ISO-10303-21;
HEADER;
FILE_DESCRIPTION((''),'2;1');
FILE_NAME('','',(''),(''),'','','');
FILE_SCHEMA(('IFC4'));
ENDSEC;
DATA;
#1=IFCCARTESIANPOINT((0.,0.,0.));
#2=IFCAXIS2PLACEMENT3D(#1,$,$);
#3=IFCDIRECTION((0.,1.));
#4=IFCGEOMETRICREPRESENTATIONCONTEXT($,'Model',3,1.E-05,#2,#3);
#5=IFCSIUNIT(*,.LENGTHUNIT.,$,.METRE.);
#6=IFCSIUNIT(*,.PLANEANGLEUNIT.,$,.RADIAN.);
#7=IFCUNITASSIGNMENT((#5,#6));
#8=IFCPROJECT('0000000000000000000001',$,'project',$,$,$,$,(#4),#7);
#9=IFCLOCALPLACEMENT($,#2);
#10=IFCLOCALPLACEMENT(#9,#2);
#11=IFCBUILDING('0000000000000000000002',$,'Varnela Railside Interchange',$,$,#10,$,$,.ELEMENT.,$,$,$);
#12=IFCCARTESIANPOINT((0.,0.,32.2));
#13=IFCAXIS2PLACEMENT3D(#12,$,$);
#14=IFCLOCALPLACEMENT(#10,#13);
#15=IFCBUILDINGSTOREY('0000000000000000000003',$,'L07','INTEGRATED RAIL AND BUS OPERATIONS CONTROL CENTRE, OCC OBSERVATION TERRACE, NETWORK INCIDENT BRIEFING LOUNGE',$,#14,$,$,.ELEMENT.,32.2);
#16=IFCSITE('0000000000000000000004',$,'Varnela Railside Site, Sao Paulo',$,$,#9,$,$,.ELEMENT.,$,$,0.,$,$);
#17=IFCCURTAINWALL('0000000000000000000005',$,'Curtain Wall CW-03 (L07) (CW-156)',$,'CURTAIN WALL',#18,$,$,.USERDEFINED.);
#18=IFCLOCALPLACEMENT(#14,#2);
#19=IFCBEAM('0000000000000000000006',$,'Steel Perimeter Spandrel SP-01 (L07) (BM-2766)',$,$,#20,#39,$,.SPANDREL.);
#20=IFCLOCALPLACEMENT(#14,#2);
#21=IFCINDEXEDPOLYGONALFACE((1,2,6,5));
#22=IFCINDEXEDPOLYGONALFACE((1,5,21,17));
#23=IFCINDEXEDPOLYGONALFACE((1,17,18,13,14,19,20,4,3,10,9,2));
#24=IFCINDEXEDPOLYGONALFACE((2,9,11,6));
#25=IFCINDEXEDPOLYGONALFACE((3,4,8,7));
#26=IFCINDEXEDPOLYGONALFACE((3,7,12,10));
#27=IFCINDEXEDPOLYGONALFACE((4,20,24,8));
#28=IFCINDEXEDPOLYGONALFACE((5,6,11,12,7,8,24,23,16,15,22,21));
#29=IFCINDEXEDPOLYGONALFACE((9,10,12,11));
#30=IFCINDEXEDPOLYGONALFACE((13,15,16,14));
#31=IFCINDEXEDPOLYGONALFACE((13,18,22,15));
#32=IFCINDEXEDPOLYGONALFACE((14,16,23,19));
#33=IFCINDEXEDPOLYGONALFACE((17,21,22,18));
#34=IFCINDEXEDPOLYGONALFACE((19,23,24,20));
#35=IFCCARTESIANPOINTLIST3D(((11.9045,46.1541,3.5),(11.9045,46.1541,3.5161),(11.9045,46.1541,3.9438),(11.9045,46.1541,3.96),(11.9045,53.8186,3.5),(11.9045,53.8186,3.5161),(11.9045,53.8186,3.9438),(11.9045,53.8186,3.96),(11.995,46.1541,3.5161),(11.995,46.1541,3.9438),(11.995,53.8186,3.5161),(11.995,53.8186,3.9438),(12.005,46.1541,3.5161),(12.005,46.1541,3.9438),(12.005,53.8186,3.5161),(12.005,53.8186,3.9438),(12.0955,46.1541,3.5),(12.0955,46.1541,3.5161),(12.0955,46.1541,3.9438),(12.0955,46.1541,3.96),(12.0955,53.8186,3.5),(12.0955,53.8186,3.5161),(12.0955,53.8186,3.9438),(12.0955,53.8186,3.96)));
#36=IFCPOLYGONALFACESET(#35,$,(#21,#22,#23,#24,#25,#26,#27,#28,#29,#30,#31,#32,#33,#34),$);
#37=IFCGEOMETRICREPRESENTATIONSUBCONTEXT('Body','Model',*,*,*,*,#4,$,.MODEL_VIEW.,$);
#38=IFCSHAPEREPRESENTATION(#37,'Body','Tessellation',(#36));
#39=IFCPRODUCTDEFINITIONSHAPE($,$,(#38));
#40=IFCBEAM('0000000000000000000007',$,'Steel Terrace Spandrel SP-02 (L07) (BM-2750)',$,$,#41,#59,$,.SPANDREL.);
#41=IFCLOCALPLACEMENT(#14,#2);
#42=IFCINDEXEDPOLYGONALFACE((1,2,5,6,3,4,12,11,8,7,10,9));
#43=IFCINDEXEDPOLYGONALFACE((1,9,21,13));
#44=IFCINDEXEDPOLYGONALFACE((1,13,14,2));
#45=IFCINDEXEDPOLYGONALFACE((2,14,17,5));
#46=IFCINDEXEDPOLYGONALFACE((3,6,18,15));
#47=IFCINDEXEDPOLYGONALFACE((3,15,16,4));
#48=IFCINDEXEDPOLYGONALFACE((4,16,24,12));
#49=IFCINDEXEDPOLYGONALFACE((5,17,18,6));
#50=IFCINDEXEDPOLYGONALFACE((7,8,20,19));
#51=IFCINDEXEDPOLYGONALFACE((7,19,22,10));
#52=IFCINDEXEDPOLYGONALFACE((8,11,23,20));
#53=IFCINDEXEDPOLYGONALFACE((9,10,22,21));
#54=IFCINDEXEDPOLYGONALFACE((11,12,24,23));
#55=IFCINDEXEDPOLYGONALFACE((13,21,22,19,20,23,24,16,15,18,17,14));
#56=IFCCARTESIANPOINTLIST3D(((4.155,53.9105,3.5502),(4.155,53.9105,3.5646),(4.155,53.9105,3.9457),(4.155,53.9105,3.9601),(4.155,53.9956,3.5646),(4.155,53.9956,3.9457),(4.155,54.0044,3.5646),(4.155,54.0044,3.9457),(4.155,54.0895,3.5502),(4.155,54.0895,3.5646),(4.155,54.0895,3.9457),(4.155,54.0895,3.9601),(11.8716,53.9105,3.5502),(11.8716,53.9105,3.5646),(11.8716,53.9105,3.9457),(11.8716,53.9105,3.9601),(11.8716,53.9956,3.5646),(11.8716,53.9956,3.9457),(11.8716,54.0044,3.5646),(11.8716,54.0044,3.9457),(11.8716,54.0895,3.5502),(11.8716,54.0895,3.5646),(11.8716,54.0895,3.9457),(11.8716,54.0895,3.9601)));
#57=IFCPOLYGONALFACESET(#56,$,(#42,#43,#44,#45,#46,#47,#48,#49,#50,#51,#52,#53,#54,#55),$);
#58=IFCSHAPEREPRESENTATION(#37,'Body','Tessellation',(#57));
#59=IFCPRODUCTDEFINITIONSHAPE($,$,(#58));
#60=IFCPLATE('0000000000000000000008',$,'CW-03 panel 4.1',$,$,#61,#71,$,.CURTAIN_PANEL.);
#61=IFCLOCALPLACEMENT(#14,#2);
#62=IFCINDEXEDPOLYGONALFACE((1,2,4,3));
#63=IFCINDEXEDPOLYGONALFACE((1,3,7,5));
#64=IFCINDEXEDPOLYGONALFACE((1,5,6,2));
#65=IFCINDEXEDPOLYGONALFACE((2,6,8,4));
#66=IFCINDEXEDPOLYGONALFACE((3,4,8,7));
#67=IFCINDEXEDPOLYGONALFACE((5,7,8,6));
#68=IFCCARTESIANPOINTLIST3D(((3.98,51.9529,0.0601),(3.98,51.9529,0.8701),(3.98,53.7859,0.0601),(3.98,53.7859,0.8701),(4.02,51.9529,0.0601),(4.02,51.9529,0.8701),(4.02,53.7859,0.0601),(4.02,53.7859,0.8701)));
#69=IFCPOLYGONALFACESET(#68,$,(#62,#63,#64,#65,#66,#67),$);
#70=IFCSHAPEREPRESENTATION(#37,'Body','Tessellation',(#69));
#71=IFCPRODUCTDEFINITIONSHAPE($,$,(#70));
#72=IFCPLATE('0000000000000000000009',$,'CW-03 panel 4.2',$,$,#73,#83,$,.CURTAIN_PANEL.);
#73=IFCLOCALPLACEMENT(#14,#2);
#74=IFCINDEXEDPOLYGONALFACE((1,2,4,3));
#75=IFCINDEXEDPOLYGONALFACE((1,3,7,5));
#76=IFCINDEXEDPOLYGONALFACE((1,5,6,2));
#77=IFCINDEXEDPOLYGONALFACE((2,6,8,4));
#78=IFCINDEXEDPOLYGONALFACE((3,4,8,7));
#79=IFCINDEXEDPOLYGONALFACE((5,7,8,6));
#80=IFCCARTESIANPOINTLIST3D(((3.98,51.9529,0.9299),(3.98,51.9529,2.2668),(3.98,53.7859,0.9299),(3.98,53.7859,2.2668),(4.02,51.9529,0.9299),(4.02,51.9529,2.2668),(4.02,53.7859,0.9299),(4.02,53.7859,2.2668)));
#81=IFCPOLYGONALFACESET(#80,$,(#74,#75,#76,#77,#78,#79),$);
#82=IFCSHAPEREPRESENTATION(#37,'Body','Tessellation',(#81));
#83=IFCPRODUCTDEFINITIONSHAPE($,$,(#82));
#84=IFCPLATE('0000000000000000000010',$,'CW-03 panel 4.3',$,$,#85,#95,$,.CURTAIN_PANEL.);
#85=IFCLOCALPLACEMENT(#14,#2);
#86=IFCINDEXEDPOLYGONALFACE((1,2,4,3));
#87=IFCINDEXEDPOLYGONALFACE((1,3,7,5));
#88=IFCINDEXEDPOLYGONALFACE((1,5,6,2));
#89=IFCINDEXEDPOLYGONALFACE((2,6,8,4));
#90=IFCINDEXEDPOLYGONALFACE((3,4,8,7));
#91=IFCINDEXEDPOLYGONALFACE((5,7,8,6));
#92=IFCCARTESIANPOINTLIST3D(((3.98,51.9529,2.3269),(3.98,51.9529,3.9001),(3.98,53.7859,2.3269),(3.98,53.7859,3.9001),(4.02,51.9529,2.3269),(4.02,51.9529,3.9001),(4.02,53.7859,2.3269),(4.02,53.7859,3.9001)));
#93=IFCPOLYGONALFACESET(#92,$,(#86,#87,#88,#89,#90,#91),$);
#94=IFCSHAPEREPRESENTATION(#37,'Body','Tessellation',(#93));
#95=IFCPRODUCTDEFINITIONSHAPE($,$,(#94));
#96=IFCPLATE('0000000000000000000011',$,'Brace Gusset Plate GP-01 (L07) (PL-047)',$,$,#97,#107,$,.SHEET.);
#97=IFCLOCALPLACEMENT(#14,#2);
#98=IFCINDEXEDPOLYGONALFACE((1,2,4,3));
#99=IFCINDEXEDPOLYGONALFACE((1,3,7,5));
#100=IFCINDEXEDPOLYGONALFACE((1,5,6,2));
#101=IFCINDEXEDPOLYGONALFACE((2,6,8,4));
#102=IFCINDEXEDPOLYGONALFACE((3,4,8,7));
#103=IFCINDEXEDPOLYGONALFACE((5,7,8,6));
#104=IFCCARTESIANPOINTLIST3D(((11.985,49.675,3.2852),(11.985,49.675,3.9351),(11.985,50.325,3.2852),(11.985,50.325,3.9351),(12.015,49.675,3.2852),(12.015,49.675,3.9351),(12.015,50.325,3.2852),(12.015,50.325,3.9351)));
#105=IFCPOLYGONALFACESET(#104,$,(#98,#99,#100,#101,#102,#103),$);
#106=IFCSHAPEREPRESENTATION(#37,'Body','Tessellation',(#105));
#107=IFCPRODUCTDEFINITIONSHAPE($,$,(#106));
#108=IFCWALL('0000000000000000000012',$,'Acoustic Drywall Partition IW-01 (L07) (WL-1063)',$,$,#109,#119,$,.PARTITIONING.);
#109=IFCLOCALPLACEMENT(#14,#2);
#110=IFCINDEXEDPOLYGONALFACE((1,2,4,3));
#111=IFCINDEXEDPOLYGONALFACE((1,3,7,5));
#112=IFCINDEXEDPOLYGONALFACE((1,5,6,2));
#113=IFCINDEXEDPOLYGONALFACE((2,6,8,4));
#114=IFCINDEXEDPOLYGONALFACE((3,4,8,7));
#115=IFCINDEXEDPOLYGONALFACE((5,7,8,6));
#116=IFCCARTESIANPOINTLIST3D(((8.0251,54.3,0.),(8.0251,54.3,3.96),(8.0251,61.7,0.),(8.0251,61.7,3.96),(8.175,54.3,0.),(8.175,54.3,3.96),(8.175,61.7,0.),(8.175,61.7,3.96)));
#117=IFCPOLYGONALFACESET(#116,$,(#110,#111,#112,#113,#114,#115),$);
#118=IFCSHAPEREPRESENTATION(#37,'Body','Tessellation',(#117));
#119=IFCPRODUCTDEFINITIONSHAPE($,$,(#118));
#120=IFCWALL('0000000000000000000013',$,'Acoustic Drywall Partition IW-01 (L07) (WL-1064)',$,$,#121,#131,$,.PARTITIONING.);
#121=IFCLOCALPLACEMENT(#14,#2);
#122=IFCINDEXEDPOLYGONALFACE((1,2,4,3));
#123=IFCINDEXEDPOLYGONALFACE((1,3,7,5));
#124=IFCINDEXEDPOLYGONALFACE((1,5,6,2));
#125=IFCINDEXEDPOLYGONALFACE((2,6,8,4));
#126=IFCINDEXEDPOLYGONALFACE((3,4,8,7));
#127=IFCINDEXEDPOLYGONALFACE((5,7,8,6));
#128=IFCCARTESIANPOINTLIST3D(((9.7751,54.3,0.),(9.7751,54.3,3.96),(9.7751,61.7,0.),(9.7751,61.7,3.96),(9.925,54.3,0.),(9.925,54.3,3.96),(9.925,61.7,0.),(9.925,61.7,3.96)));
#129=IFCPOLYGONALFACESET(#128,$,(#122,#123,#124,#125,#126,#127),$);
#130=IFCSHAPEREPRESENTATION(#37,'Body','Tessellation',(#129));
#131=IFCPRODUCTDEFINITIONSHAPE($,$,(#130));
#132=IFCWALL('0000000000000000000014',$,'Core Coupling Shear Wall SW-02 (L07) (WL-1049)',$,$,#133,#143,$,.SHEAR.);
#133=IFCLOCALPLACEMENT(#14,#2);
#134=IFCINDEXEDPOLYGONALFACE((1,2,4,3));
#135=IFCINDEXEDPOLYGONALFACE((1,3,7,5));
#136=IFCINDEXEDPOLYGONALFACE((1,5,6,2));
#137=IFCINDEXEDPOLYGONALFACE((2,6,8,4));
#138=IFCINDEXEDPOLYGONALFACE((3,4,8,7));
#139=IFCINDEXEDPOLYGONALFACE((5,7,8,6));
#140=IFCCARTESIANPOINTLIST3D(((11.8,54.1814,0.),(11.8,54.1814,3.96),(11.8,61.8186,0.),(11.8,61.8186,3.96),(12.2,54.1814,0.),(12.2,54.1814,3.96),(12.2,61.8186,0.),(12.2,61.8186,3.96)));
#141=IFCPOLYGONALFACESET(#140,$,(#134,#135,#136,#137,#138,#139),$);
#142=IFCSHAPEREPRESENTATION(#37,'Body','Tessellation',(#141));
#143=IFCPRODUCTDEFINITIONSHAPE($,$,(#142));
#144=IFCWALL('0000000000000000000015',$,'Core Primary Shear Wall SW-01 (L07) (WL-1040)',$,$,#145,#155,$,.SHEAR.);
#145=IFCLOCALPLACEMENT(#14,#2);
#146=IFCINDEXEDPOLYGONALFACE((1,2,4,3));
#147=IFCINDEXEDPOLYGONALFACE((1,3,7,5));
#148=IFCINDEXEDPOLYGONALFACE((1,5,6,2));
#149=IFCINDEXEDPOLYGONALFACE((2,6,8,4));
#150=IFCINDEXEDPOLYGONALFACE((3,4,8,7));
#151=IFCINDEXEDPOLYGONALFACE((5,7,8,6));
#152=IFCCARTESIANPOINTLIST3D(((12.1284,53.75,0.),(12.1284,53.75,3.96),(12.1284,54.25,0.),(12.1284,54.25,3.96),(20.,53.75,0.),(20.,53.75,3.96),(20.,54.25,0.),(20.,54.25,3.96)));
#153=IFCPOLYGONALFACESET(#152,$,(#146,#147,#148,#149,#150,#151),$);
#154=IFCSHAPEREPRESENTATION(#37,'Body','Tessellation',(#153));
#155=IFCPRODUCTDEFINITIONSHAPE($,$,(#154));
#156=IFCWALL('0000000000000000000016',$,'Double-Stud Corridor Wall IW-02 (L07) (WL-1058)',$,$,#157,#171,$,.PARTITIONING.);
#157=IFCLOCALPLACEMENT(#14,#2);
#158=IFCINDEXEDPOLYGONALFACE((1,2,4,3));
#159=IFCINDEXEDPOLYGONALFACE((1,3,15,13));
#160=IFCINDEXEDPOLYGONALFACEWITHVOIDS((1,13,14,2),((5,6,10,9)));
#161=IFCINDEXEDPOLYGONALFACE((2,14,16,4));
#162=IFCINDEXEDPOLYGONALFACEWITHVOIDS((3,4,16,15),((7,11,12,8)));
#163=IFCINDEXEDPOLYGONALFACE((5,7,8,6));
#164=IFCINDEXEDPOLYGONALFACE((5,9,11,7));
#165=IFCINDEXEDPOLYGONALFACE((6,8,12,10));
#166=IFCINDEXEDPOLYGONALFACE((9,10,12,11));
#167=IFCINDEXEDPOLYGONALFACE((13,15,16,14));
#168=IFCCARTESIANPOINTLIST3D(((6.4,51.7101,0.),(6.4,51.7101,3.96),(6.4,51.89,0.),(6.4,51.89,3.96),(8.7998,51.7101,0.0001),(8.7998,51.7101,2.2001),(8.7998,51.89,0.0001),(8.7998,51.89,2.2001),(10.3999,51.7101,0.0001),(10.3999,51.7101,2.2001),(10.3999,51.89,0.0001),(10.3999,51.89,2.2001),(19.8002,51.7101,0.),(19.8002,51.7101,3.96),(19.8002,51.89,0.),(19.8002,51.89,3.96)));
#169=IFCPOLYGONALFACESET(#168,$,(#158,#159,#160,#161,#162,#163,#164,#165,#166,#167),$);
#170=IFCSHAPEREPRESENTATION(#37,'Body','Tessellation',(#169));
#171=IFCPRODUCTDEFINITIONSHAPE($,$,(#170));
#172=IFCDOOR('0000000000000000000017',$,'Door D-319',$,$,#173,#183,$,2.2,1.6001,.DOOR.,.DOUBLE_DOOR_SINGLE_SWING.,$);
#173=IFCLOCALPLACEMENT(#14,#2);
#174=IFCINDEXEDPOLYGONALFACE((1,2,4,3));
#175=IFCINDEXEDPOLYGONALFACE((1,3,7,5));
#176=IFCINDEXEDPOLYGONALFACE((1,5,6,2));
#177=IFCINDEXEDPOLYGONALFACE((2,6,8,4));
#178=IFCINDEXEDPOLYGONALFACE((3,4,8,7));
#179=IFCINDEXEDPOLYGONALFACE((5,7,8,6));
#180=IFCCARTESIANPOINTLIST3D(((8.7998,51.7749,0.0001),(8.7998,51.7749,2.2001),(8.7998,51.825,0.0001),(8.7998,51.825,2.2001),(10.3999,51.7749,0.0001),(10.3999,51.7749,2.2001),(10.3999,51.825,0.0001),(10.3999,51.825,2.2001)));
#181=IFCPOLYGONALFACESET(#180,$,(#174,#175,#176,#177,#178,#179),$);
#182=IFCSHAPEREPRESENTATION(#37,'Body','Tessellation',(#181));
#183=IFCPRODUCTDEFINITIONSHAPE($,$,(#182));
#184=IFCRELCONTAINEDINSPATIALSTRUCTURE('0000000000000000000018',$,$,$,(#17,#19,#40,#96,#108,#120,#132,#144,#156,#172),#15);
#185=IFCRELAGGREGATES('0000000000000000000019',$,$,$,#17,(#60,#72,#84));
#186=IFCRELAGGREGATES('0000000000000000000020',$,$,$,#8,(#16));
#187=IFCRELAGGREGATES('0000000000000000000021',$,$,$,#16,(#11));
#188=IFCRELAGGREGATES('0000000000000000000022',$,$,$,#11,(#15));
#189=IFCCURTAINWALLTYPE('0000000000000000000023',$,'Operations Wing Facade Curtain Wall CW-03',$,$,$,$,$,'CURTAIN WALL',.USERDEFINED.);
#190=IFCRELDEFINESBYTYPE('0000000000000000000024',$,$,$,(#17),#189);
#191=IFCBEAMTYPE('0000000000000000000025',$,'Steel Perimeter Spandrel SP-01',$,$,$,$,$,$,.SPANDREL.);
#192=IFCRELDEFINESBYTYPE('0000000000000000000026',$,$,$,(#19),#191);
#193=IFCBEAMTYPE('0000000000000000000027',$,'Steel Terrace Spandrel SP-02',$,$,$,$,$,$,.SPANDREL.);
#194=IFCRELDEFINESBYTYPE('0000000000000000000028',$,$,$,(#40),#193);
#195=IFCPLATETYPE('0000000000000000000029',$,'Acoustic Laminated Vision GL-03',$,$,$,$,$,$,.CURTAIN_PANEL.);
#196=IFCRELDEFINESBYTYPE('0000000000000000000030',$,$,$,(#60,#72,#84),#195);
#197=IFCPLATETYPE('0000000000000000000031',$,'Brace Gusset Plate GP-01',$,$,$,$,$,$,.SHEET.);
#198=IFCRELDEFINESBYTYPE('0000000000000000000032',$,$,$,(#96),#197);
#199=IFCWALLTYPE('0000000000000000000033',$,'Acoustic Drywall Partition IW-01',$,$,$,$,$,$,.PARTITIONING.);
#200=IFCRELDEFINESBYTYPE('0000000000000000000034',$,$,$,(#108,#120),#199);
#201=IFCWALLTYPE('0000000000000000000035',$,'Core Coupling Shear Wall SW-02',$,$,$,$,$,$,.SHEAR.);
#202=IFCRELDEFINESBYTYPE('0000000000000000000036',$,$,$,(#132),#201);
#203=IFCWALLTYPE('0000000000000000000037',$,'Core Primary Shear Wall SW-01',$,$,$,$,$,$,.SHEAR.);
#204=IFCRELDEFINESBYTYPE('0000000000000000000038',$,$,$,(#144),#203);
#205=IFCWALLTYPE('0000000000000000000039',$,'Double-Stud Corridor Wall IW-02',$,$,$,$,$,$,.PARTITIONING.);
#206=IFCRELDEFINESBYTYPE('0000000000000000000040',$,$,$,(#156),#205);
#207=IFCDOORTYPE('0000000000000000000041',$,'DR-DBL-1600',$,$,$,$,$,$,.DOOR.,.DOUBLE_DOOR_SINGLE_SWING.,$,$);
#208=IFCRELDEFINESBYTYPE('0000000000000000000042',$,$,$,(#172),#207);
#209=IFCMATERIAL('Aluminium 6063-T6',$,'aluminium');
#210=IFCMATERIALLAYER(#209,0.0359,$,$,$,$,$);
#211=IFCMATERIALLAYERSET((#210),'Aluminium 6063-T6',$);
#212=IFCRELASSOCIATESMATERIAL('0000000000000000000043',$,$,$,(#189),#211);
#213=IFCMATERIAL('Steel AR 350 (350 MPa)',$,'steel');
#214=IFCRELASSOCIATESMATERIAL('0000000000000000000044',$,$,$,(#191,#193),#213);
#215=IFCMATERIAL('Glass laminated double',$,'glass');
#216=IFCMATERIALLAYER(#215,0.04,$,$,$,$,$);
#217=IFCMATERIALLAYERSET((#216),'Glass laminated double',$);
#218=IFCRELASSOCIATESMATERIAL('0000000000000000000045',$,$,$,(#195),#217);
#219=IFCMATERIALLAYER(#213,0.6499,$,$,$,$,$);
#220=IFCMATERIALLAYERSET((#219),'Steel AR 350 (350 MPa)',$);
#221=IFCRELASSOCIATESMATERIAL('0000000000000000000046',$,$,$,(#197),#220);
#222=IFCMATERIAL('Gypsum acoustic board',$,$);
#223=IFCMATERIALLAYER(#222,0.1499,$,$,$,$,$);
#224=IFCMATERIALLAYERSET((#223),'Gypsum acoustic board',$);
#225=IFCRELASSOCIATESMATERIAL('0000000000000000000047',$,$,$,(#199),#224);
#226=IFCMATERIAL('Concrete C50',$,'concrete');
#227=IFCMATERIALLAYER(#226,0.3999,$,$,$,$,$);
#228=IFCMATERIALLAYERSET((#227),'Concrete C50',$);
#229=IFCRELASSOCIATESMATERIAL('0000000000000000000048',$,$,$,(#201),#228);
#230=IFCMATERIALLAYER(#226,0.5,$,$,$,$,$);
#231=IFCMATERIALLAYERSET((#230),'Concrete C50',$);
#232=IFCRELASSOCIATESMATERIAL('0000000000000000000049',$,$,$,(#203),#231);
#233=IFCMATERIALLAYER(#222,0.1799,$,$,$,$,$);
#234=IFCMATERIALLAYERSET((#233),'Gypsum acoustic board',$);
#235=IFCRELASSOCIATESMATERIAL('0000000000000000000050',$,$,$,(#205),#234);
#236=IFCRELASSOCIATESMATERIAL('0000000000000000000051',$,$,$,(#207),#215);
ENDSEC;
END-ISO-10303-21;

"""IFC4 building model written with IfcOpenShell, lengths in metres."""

from ifc_helpers import new_model, si_unit, direction, frame, frame_2d, origin, origin_2d, place, context, subcontext, project, spatial, rectangle, i_section, extrude, material, layer, layer_set, material_profile, profile_set, type_object, element, fill, aggregate, save


model = new_model("IFC4")

# Units and contexts
model_context = context("Model", 3, precision=1e-05, world=origin(), true_north=direction((0.0, 1.0)))
body_context = subcontext(model_context, "Body", "Model", "MODEL_VIEW")
ifc_project = project(units=[si_unit("LENGTHUNIT", "METRE"), si_unit("PLANEANGLEUNIT", "RADIAN")], contexts=[model_context])

# Site, building, storey
site_placement = place(None, origin())
site = spatial("IfcSite", under=ifc_project, at=site_placement, Name="Varnela Railside Site, Sao Paulo", CompositionType="ELEMENT", RefElevation=0.0)
building_placement = place(site_placement, origin())
building = spatial("IfcBuilding", under=site, at=building_placement, Name="Varnela Railside Interchange", CompositionType="ELEMENT")
storey_placement = place(building_placement, frame((0.0, 0.0, 32.2)))
storey = spatial("IfcBuildingStorey", under=building, at=storey_placement, Name="L07", Description="INTEGRATED RAIL AND BUS OPERATIONS CONTROL CENTRE, OCC OBSERVATION TERRACE, NETWORK INCIDENT BRIEFING LOUNGE", CompositionType="ELEMENT", Elevation=32.2)

# Shared definitions
ifc_material_1 = material(Name="Steel AR 350 (350 MPa)", Category="steel")

# Curtain wall
ifc_material_2 = material(Name="Aluminium 6063-T6", Category="aluminium")
ifc_layer_1 = layer(ifc_material_2, 0.0359)
ifc_layer_set_1 = layer_set([ifc_layer_1], Name="Aluminium 6063-T6")
curtain_wall_type = type_object("IfcCurtainWallType", Name="Operations Wing Facade Curtain Wall CW-03", ElementType="CURTAIN WALL", PredefinedType="USERDEFINED", material=ifc_layer_set_1)
curtain_wall_placement = place(storey_placement, origin())
curtain_wall = element("IfcCurtainWall", 1, at=curtain_wall_placement, inside=storey, type_object=curtain_wall_type, Name="Curtain Wall CW-03 (L07) (CW-156)", ObjectType="CURTAIN WALL", PredefinedType="USERDEFINED")

# Beams
ifc_material_profile_1 = material_profile(ifc_material_1, i_section(OverallWidth=0.1909, OverallDepth=0.46, WebThickness=0.01, FlangeThickness=0.0161, at=origin_2d()), Name="W460x82")
ifc_profile_set_1 = profile_set([ifc_material_profile_1], Name="Steel AR 350 (350 MPa)")
beam_type_1 = type_object("IfcBeamType", Name="Steel Perimeter Spandrel SP-01", PredefinedType="SPANDREL", material=ifc_profile_set_1)
beam_1_placement = place(storey_placement, frame((12.0, 46.1541, 3.73), z_axis=(0.0, 1.0, 0.0), x_axis=(-1.0, 0.0, 0.0)))
element("IfcBeam", 2, at=beam_1_placement, inside=storey, type_object=beam_type_1, Name="Steel Perimeter Spandrel SP-01 (L07) (BM-2766)", PredefinedType="SPANDREL", context=body_context, shape_type="SweptSolid", body=[
    extrude(i_section(OverallWidth=0.1909, OverallDepth=0.46, WebThickness=0.01, FlangeThickness=0.0161, at=origin_2d()), origin(), (0.0, 0.0, 1.0), 7.6646),
])
ifc_material_profile_2 = material_profile(ifc_material_1, i_section(OverallWidth=0.179, OverallDepth=0.4099, WebThickness=0.0088, FlangeThickness=0.0144, at=origin_2d()), Name="W410x67")
ifc_profile_set_2 = profile_set([ifc_material_profile_2], Name="Steel AR 350 (350 MPa)")
beam_type_2 = type_object("IfcBeamType", Name="Steel Terrace Spandrel SP-02", PredefinedType="SPANDREL", material=ifc_profile_set_2)
beam_2_placement = place(storey_placement, frame((4.155, 54.0, 3.7551), z_axis=(1.0, 0.0, 0.0), x_axis=(0.0, 1.0, 0.0)))
element("IfcBeam", 3, at=beam_2_placement, inside=storey, type_object=beam_type_2, Name="Steel Terrace Spandrel SP-02 (L07) (BM-2750)", PredefinedType="SPANDREL", context=body_context, shape_type="SweptSolid", body=[
    extrude(i_section(OverallWidth=0.179, OverallDepth=0.4099, WebThickness=0.0088, FlangeThickness=0.0144, at=origin_2d()), origin(), (0.0, 0.0, 1.0), 7.7166),
])

# Plates
ifc_material_3 = material(Name="Glass laminated double", Category="glass")
ifc_layer_2 = layer(ifc_material_3, 0.04)
ifc_layer_set_2 = layer_set([ifc_layer_2], Name="Glass laminated double")
plate_type_1 = type_object("IfcPlateType", Name="Acoustic Laminated Vision GL-03", PredefinedType="CURTAIN_PANEL", material=ifc_layer_set_2)
plate_1_placement = place(storey_placement, frame((4.0, 52.8694, 0.0601), z_axis=(0.0, 0.0, 1.0), x_axis=(0.0, 1.0, 0.0)))
plate_1 = element("IfcPlate", 4, at=plate_1_placement, type_object=plate_type_1, Name="CW-03 panel 4.1", PredefinedType="CURTAIN_PANEL", context=body_context, shape_type="SweptSolid", body=[
    extrude(rectangle(XDim=1.833, YDim=0.04, at=origin_2d()), origin(), (0.0, 0.0, 1.0), 0.8101),
])
plate_2_placement = place(storey_placement, frame((4.0, 52.8694, 0.9299), z_axis=(0.0, 0.0, 1.0), x_axis=(0.0, 1.0, 0.0)))
plate_2 = element("IfcPlate", 5, at=plate_2_placement, type_object=plate_type_1, Name="CW-03 panel 4.2", PredefinedType="CURTAIN_PANEL", context=body_context, shape_type="SweptSolid", body=[
    extrude(rectangle(XDim=1.833, YDim=0.04, at=origin_2d()), origin(), (0.0, 0.0, 1.0), 1.3369),
])
plate_3_placement = place(storey_placement, frame((4.0, 52.8694, 2.3269), z_axis=(0.0, 0.0, 1.0), x_axis=(0.0, 1.0, 0.0)))
plate_3 = element("IfcPlate", 6, at=plate_3_placement, type_object=plate_type_1, Name="CW-03 panel 4.3", PredefinedType="CURTAIN_PANEL", context=body_context, shape_type="SweptSolid", body=[
    extrude(rectangle(XDim=1.833, YDim=0.04, at=origin_2d()), origin(), (0.0, 0.0, 1.0), 1.5732),
])
aggregate(curtain_wall, [plate_1, plate_2, plate_3])
ifc_layer_3 = layer(ifc_material_1, 0.6499)
ifc_layer_set_3 = layer_set([ifc_layer_3], Name="Steel AR 350 (350 MPa)")
plate_type_2 = type_object("IfcPlateType", Name="Brace Gusset Plate GP-01", PredefinedType="SHEET", material=ifc_layer_set_3)
plate_4_placement = place(storey_placement, frame((12.0, 50.0, 3.2852), z_axis=(0.0, 0.0, 1.0), x_axis=(0.0, 1.0, 0.0)))
element("IfcPlate", 7, at=plate_4_placement, inside=storey, type_object=plate_type_2, Name="Brace Gusset Plate GP-01 (L07) (PL-047)", PredefinedType="SHEET", context=body_context, shape_type="SweptSolid", body=[
    extrude(rectangle(XDim=0.6499, YDim=0.03, at=origin_2d()), origin(), (0.0, 0.0, 1.0), 0.6499),
])

# Walls
ifc_material_4 = material(Name="Gypsum acoustic board")
ifc_layer_4 = layer(ifc_material_4, 0.1499)
ifc_layer_set_4 = layer_set([ifc_layer_4], Name="Gypsum acoustic board")
wall_type_1 = type_object("IfcWallType", Name="Acoustic Drywall Partition IW-01", PredefinedType="PARTITIONING", material=ifc_layer_set_4)
for number, where, z_axis, x_axis, name in (
    (8, (8.1001, 54.3, 0.0), (0.0, 0.0, 1.0), (0.0, 1.0, 0.0), "Acoustic Drywall Partition IW-01 (L07) (WL-1063)"),
    (9, (9.8501, 54.3, 0.0), (0.0, 0.0, 1.0), (0.0, 1.0, 0.0), "Acoustic Drywall Partition IW-01 (L07) (WL-1064)"),
):
    element("IfcWall", number, at=place(storey_placement, frame(where, z_axis=z_axis, x_axis=x_axis)), inside=storey, type_object=wall_type_1, Name=name, PredefinedType="PARTITIONING", context=body_context, shape_type="SweptSolid", body=[
        extrude(rectangle(XDim=7.3999, YDim=0.1499, at=frame_2d((3.7, 0.0))), origin(), (0.0, 0.0, 1.0), 3.96),
    ])
ifc_material_5 = material(Name="Concrete C50", Category="concrete")
ifc_layer_5 = layer(ifc_material_5, 0.3999)
ifc_layer_set_5 = layer_set([ifc_layer_5], Name="Concrete C50")
wall_type_2 = type_object("IfcWallType", Name="Core Coupling Shear Wall SW-02", PredefinedType="SHEAR", material=ifc_layer_set_5)
wall_1_placement = place(storey_placement, frame((12.0, 54.1814, 0.0), z_axis=(0.0, 0.0, 1.0), x_axis=(0.0, 1.0, 0.0)))
element("IfcWall", 10, at=wall_1_placement, inside=storey, type_object=wall_type_2, Name="Core Coupling Shear Wall SW-02 (L07) (WL-1049)", PredefinedType="SHEAR", context=body_context, shape_type="SweptSolid", body=[
    extrude(rectangle(XDim=7.6372, YDim=0.3999, at=frame_2d((3.8186, 0.0))), origin(), (0.0, 0.0, 1.0), 3.96),
])
ifc_layer_6 = layer(ifc_material_5, 0.5)
ifc_layer_set_6 = layer_set([ifc_layer_6], Name="Concrete C50")
wall_type_3 = type_object("IfcWallType", Name="Core Primary Shear Wall SW-01", PredefinedType="SHEAR", material=ifc_layer_set_6)
wall_2_placement = place(storey_placement, frame((12.1284, 54.0, 0.0), z_axis=(0.0, 0.0, 1.0), x_axis=(1.0, 0.0, 0.0)))
element("IfcWall", 11, at=wall_2_placement, inside=storey, type_object=wall_type_3, Name="Core Primary Shear Wall SW-01 (L07) (WL-1040)", PredefinedType="SHEAR", context=body_context, shape_type="SweptSolid", body=[
    extrude(rectangle(XDim=7.8716, YDim=0.5, at=frame_2d((3.9358, 0.0))), origin(), (0.0, 0.0, 1.0), 3.96),
])

# Wall, opening, door
ifc_layer_7 = layer(ifc_material_4, 0.1799)
ifc_layer_set_7 = layer_set([ifc_layer_7], Name="Gypsum acoustic board")
wall_type_4 = type_object("IfcWallType", Name="Double-Stud Corridor Wall IW-02", PredefinedType="PARTITIONING", material=ifc_layer_set_7)
wall_3_placement = place(storey_placement, frame((6.3999, 51.8, 0.0), z_axis=(0.0, 0.0, 1.0), x_axis=(1.0, 0.0, 0.0)))
wall_3 = element("IfcWall", 12, at=wall_3_placement, inside=storey, type_object=wall_type_4, Name="Double-Stud Corridor Wall IW-02 (L07) (WL-1058)", PredefinedType="PARTITIONING", context=body_context, shape_type="SweptSolid", body=[
    extrude(rectangle(XDim=13.4001, YDim=0.1799, at=frame_2d((6.7002, 0.0))), origin(), (0.0, 0.0, 1.0), 3.96),
])
opening_1_placement = place(wall_3_placement, frame((2.3999, 0.0, 0.0)))
opening_1 = element("IfcOpeningElement", 13, at=opening_1_placement, cuts=wall_3, PredefinedType="OPENING", context=body_context, shape_type="SweptSolid", body=[
    extrude(rectangle(XDim=1.6001, YDim=2.2, at=frame_2d((0.8, 1.1001))), frame((0.0, 0.0999, 0.0), z_axis=(0.0, -1.0, 0.0), x_axis=(1.0, 0.0, 0.0)), (0.0, 0.0, 1.0), 0.2),
])
door_type_1 = type_object("IfcDoorType", Name="DR-DBL-1600", OperationType="DOUBLE_DOOR_SINGLE_SWING", PredefinedType="DOOR", material=ifc_material_3)
door_1_placement = place(opening_1_placement, origin())
door_1 = element("IfcDoor", 14, at=door_1_placement, inside=storey, type_object=door_type_1, Name="Door D-319", OperationType="DOUBLE_DOOR_SINGLE_SWING", OverallHeight=2.2, OverallWidth=1.6001, PredefinedType="DOOR", context=body_context, shape_type="SweptSolid", body=[
    extrude(rectangle(XDim=1.6001, YDim=2.2, at=frame_2d((0.8, 1.1001))), frame((0.0, 0.0249, 0.0), z_axis=(0.0, -1.0, 0.0), x_axis=(1.0, 0.0, 0.0)), (0.0, 0.0, 1.0), 0.05),
])
fill(opening_1, door_1)

save(model, "model.ifc")
